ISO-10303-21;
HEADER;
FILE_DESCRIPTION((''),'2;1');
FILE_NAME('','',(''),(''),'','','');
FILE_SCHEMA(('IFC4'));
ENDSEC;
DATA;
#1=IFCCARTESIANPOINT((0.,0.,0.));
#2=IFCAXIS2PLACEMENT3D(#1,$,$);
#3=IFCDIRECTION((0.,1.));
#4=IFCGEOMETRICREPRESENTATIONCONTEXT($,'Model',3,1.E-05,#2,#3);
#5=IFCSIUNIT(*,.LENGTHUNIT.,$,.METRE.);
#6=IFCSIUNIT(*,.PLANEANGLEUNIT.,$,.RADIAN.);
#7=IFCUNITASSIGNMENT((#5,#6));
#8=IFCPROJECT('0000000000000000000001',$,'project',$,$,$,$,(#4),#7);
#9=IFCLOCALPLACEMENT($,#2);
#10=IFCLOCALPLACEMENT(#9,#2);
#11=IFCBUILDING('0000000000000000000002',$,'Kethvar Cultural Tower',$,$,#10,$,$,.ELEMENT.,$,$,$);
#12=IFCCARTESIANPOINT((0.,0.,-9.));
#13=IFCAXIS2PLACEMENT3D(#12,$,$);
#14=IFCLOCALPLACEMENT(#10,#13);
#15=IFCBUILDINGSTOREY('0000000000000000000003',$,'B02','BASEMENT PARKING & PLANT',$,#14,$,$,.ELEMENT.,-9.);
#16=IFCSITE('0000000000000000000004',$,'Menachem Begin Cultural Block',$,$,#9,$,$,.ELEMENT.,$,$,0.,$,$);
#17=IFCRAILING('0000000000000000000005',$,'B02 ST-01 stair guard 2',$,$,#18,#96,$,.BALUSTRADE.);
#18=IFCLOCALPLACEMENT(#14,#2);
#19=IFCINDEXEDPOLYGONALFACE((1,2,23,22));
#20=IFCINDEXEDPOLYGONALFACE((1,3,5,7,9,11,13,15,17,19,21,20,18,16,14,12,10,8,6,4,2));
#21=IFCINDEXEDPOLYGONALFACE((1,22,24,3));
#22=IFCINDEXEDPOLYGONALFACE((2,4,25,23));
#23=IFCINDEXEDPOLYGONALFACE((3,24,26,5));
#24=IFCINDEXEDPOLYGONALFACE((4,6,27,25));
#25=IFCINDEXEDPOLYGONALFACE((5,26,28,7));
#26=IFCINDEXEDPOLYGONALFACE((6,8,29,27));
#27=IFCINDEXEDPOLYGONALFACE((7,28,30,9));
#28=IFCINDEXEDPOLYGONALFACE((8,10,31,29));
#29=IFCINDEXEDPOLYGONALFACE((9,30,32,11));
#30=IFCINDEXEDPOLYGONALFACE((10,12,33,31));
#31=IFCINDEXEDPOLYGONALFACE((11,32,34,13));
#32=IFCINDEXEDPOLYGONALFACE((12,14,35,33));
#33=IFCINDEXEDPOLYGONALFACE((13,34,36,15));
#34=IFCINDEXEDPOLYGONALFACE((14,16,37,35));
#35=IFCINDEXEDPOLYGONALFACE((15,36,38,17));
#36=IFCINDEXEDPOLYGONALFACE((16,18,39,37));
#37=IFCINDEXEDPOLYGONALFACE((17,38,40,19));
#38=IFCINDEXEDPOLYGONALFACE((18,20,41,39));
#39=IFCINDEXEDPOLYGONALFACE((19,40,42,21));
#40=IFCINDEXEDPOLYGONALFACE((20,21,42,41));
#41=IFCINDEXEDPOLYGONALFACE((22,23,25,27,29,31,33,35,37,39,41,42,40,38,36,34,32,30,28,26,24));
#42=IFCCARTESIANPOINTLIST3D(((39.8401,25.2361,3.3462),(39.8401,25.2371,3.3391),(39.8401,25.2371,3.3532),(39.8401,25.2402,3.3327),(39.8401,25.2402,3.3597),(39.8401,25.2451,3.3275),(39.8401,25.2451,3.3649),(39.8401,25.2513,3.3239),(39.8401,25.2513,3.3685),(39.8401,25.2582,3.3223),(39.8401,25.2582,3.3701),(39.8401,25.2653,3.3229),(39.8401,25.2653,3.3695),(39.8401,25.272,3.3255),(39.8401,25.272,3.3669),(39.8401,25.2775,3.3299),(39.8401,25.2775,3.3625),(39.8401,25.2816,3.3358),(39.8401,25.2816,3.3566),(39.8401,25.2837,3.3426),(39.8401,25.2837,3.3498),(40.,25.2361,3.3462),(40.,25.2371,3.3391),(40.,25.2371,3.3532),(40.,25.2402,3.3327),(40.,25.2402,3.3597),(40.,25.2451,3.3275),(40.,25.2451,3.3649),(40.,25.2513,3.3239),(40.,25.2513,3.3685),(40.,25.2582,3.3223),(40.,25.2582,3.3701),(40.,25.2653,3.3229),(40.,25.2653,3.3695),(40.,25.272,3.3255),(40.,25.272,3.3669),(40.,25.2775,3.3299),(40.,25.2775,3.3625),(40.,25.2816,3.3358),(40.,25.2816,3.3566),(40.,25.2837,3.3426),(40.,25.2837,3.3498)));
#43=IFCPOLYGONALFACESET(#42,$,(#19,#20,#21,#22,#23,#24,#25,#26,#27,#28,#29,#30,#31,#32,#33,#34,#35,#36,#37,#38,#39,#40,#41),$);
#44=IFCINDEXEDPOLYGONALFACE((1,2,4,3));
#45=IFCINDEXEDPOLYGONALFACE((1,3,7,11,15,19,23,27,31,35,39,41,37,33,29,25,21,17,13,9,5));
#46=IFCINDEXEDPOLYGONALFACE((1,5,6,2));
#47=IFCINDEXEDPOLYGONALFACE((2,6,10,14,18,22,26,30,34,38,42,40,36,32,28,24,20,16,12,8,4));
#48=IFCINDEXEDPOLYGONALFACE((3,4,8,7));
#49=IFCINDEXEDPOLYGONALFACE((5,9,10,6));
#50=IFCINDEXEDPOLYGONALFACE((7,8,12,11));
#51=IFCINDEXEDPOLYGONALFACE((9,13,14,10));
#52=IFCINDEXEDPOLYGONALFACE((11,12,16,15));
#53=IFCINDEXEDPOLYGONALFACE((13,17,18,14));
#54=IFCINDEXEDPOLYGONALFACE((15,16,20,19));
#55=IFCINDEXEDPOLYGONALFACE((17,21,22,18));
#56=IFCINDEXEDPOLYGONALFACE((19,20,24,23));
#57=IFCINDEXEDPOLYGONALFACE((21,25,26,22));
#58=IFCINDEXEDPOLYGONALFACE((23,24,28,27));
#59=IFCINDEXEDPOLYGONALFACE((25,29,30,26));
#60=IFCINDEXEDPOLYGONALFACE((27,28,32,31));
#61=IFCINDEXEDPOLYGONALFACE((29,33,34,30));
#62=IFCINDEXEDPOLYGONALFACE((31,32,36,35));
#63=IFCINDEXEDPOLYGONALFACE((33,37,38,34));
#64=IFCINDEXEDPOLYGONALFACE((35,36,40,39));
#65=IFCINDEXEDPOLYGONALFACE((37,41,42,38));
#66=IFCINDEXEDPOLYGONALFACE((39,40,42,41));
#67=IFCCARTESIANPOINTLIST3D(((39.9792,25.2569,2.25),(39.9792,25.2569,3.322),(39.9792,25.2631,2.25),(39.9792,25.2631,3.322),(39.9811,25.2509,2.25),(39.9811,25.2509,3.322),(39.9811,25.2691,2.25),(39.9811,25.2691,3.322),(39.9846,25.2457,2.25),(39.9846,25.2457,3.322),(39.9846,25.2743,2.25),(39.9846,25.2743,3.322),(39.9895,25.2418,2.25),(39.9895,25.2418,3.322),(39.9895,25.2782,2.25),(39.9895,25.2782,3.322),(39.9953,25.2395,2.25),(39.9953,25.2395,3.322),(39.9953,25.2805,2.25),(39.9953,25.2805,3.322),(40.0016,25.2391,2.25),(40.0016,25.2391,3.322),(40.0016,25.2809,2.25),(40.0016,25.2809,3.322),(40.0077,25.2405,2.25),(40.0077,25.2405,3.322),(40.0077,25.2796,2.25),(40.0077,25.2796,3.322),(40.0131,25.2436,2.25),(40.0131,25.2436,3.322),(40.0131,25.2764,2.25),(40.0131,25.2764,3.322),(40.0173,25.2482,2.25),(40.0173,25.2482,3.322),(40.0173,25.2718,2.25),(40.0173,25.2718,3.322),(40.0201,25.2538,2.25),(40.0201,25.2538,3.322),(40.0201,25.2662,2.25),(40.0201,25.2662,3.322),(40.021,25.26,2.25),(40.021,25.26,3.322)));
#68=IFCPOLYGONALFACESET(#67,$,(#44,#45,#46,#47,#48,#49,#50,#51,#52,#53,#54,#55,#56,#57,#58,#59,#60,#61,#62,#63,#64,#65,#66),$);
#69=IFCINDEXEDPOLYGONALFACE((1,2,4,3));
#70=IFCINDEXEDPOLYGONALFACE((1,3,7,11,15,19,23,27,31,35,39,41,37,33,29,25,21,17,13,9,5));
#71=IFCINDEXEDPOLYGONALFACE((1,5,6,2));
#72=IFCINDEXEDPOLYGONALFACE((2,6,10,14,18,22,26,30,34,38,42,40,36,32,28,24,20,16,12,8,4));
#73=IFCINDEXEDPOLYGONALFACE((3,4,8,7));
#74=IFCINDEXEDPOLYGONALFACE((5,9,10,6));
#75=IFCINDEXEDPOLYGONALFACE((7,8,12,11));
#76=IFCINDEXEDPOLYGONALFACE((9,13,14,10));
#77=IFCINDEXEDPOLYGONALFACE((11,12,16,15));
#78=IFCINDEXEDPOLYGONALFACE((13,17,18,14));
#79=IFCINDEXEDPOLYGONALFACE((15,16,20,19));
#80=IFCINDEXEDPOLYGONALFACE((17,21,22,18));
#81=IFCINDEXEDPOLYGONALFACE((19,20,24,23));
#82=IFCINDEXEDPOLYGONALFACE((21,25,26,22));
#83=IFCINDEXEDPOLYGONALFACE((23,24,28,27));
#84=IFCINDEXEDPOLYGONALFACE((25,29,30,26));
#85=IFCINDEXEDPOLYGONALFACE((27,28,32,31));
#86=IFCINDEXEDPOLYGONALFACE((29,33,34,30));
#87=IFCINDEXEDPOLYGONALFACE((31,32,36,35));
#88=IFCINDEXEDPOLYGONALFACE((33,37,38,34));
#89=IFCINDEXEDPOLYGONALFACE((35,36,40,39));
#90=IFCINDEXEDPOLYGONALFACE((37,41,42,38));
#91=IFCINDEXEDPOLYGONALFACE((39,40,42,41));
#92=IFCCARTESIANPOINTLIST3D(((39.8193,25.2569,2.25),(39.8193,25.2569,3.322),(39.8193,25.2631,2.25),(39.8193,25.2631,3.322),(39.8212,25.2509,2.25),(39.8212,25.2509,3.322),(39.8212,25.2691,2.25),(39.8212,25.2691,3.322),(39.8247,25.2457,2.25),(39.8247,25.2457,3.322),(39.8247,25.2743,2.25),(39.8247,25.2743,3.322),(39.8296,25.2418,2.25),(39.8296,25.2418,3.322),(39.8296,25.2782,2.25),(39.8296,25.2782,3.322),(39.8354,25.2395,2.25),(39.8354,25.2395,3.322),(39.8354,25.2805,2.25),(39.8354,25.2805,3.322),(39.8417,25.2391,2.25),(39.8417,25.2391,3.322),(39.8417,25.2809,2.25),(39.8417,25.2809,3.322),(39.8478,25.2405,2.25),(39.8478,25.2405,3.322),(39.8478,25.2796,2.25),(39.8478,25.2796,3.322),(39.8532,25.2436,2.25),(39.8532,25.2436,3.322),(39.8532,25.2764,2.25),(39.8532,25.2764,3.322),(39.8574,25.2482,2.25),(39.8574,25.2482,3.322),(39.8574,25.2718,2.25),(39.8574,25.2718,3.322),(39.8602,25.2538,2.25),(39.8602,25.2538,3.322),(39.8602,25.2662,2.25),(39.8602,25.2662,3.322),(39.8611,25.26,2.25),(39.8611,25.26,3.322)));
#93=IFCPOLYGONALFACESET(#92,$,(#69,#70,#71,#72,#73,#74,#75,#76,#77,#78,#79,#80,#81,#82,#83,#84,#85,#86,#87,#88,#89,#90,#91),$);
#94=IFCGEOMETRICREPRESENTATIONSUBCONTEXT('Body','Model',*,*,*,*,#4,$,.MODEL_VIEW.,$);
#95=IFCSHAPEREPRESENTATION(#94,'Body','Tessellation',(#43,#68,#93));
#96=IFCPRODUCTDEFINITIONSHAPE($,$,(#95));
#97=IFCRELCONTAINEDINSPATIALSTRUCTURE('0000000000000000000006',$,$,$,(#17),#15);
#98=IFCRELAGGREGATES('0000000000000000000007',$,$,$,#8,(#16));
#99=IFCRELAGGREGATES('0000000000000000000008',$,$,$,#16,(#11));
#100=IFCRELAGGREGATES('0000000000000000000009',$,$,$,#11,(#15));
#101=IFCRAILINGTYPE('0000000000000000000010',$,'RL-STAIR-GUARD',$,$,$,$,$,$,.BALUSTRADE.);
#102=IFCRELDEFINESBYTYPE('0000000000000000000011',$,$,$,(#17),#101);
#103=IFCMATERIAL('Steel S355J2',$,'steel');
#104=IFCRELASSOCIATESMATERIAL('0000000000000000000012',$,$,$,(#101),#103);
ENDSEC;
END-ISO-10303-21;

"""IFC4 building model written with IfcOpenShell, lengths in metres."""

from ifc_helpers import new_model, si_unit, direction, frame, origin, origin_2d, place, context, subcontext, project, spatial, circle, extrude, material, type_object, element, save


model = new_model("IFC4")

# Units and contexts
model_context = context("Model", 3, precision=1e-05, world=origin(), true_north=direction((0.0, 1.0)))
body_context = subcontext(model_context, "Body", "Model", "MODEL_VIEW")
ifc_project = project(units=[si_unit("LENGTHUNIT", "METRE"), si_unit("PLANEANGLEUNIT", "RADIAN")], contexts=[model_context])

# Site, building, storey
site_placement = place(None, origin())
site = spatial("IfcSite", under=ifc_project, at=site_placement, Name="Menachem Begin Cultural Block", CompositionType="ELEMENT", RefElevation=0.0)
building_placement = place(site_placement, origin())
building = spatial("IfcBuilding", under=site, at=building_placement, Name="Kethvar Cultural Tower", CompositionType="ELEMENT")
storey_placement = place(building_placement, frame((0.0, 0.0, -9.0)))
storey = spatial("IfcBuildingStorey", under=building, at=storey_placement, Name="B02", Description="BASEMENT PARKING & PLANT", CompositionType="ELEMENT", Elevation=-9.0)

# Shared definitions
ifc_material_1 = material(Name="Steel S355J2", Category="steel")

# Railing
railing_type_1 = type_object("IfcRailingType", Name="RL-STAIR-GUARD", PredefinedType="BALUSTRADE", material=ifc_material_1)
railing_1_placement = place(storey_placement, frame((40.0, 25.26, 2.25)))
element("IfcRailing", 1, at=railing_1_placement, inside=storey, type_object=railing_type_1, Name="B02 ST-01 stair guard 2", PredefinedType="BALUSTRADE", context=body_context, shape_type="SweptSolid", body=[
    extrude(circle(Radius=0.0239, at=origin_2d()), frame((0.0, 0.0, 1.0962), z_axis=(-1.0, 0.0, 0.0), x_axis=(0.0, -1.0, 0.0)), (0.0, 0.0, 1.0), 0.1599),
    extrude(circle(Radius=0.021, at=origin_2d()), origin(), (0.0, 0.0, 1.0), 1.072),
    extrude(circle(Radius=0.021, at=origin_2d()), frame((-0.1599, 0.0, 0.0)), (0.0, 0.0, 1.0), 1.072),
])

save(model, "model.ifc")
